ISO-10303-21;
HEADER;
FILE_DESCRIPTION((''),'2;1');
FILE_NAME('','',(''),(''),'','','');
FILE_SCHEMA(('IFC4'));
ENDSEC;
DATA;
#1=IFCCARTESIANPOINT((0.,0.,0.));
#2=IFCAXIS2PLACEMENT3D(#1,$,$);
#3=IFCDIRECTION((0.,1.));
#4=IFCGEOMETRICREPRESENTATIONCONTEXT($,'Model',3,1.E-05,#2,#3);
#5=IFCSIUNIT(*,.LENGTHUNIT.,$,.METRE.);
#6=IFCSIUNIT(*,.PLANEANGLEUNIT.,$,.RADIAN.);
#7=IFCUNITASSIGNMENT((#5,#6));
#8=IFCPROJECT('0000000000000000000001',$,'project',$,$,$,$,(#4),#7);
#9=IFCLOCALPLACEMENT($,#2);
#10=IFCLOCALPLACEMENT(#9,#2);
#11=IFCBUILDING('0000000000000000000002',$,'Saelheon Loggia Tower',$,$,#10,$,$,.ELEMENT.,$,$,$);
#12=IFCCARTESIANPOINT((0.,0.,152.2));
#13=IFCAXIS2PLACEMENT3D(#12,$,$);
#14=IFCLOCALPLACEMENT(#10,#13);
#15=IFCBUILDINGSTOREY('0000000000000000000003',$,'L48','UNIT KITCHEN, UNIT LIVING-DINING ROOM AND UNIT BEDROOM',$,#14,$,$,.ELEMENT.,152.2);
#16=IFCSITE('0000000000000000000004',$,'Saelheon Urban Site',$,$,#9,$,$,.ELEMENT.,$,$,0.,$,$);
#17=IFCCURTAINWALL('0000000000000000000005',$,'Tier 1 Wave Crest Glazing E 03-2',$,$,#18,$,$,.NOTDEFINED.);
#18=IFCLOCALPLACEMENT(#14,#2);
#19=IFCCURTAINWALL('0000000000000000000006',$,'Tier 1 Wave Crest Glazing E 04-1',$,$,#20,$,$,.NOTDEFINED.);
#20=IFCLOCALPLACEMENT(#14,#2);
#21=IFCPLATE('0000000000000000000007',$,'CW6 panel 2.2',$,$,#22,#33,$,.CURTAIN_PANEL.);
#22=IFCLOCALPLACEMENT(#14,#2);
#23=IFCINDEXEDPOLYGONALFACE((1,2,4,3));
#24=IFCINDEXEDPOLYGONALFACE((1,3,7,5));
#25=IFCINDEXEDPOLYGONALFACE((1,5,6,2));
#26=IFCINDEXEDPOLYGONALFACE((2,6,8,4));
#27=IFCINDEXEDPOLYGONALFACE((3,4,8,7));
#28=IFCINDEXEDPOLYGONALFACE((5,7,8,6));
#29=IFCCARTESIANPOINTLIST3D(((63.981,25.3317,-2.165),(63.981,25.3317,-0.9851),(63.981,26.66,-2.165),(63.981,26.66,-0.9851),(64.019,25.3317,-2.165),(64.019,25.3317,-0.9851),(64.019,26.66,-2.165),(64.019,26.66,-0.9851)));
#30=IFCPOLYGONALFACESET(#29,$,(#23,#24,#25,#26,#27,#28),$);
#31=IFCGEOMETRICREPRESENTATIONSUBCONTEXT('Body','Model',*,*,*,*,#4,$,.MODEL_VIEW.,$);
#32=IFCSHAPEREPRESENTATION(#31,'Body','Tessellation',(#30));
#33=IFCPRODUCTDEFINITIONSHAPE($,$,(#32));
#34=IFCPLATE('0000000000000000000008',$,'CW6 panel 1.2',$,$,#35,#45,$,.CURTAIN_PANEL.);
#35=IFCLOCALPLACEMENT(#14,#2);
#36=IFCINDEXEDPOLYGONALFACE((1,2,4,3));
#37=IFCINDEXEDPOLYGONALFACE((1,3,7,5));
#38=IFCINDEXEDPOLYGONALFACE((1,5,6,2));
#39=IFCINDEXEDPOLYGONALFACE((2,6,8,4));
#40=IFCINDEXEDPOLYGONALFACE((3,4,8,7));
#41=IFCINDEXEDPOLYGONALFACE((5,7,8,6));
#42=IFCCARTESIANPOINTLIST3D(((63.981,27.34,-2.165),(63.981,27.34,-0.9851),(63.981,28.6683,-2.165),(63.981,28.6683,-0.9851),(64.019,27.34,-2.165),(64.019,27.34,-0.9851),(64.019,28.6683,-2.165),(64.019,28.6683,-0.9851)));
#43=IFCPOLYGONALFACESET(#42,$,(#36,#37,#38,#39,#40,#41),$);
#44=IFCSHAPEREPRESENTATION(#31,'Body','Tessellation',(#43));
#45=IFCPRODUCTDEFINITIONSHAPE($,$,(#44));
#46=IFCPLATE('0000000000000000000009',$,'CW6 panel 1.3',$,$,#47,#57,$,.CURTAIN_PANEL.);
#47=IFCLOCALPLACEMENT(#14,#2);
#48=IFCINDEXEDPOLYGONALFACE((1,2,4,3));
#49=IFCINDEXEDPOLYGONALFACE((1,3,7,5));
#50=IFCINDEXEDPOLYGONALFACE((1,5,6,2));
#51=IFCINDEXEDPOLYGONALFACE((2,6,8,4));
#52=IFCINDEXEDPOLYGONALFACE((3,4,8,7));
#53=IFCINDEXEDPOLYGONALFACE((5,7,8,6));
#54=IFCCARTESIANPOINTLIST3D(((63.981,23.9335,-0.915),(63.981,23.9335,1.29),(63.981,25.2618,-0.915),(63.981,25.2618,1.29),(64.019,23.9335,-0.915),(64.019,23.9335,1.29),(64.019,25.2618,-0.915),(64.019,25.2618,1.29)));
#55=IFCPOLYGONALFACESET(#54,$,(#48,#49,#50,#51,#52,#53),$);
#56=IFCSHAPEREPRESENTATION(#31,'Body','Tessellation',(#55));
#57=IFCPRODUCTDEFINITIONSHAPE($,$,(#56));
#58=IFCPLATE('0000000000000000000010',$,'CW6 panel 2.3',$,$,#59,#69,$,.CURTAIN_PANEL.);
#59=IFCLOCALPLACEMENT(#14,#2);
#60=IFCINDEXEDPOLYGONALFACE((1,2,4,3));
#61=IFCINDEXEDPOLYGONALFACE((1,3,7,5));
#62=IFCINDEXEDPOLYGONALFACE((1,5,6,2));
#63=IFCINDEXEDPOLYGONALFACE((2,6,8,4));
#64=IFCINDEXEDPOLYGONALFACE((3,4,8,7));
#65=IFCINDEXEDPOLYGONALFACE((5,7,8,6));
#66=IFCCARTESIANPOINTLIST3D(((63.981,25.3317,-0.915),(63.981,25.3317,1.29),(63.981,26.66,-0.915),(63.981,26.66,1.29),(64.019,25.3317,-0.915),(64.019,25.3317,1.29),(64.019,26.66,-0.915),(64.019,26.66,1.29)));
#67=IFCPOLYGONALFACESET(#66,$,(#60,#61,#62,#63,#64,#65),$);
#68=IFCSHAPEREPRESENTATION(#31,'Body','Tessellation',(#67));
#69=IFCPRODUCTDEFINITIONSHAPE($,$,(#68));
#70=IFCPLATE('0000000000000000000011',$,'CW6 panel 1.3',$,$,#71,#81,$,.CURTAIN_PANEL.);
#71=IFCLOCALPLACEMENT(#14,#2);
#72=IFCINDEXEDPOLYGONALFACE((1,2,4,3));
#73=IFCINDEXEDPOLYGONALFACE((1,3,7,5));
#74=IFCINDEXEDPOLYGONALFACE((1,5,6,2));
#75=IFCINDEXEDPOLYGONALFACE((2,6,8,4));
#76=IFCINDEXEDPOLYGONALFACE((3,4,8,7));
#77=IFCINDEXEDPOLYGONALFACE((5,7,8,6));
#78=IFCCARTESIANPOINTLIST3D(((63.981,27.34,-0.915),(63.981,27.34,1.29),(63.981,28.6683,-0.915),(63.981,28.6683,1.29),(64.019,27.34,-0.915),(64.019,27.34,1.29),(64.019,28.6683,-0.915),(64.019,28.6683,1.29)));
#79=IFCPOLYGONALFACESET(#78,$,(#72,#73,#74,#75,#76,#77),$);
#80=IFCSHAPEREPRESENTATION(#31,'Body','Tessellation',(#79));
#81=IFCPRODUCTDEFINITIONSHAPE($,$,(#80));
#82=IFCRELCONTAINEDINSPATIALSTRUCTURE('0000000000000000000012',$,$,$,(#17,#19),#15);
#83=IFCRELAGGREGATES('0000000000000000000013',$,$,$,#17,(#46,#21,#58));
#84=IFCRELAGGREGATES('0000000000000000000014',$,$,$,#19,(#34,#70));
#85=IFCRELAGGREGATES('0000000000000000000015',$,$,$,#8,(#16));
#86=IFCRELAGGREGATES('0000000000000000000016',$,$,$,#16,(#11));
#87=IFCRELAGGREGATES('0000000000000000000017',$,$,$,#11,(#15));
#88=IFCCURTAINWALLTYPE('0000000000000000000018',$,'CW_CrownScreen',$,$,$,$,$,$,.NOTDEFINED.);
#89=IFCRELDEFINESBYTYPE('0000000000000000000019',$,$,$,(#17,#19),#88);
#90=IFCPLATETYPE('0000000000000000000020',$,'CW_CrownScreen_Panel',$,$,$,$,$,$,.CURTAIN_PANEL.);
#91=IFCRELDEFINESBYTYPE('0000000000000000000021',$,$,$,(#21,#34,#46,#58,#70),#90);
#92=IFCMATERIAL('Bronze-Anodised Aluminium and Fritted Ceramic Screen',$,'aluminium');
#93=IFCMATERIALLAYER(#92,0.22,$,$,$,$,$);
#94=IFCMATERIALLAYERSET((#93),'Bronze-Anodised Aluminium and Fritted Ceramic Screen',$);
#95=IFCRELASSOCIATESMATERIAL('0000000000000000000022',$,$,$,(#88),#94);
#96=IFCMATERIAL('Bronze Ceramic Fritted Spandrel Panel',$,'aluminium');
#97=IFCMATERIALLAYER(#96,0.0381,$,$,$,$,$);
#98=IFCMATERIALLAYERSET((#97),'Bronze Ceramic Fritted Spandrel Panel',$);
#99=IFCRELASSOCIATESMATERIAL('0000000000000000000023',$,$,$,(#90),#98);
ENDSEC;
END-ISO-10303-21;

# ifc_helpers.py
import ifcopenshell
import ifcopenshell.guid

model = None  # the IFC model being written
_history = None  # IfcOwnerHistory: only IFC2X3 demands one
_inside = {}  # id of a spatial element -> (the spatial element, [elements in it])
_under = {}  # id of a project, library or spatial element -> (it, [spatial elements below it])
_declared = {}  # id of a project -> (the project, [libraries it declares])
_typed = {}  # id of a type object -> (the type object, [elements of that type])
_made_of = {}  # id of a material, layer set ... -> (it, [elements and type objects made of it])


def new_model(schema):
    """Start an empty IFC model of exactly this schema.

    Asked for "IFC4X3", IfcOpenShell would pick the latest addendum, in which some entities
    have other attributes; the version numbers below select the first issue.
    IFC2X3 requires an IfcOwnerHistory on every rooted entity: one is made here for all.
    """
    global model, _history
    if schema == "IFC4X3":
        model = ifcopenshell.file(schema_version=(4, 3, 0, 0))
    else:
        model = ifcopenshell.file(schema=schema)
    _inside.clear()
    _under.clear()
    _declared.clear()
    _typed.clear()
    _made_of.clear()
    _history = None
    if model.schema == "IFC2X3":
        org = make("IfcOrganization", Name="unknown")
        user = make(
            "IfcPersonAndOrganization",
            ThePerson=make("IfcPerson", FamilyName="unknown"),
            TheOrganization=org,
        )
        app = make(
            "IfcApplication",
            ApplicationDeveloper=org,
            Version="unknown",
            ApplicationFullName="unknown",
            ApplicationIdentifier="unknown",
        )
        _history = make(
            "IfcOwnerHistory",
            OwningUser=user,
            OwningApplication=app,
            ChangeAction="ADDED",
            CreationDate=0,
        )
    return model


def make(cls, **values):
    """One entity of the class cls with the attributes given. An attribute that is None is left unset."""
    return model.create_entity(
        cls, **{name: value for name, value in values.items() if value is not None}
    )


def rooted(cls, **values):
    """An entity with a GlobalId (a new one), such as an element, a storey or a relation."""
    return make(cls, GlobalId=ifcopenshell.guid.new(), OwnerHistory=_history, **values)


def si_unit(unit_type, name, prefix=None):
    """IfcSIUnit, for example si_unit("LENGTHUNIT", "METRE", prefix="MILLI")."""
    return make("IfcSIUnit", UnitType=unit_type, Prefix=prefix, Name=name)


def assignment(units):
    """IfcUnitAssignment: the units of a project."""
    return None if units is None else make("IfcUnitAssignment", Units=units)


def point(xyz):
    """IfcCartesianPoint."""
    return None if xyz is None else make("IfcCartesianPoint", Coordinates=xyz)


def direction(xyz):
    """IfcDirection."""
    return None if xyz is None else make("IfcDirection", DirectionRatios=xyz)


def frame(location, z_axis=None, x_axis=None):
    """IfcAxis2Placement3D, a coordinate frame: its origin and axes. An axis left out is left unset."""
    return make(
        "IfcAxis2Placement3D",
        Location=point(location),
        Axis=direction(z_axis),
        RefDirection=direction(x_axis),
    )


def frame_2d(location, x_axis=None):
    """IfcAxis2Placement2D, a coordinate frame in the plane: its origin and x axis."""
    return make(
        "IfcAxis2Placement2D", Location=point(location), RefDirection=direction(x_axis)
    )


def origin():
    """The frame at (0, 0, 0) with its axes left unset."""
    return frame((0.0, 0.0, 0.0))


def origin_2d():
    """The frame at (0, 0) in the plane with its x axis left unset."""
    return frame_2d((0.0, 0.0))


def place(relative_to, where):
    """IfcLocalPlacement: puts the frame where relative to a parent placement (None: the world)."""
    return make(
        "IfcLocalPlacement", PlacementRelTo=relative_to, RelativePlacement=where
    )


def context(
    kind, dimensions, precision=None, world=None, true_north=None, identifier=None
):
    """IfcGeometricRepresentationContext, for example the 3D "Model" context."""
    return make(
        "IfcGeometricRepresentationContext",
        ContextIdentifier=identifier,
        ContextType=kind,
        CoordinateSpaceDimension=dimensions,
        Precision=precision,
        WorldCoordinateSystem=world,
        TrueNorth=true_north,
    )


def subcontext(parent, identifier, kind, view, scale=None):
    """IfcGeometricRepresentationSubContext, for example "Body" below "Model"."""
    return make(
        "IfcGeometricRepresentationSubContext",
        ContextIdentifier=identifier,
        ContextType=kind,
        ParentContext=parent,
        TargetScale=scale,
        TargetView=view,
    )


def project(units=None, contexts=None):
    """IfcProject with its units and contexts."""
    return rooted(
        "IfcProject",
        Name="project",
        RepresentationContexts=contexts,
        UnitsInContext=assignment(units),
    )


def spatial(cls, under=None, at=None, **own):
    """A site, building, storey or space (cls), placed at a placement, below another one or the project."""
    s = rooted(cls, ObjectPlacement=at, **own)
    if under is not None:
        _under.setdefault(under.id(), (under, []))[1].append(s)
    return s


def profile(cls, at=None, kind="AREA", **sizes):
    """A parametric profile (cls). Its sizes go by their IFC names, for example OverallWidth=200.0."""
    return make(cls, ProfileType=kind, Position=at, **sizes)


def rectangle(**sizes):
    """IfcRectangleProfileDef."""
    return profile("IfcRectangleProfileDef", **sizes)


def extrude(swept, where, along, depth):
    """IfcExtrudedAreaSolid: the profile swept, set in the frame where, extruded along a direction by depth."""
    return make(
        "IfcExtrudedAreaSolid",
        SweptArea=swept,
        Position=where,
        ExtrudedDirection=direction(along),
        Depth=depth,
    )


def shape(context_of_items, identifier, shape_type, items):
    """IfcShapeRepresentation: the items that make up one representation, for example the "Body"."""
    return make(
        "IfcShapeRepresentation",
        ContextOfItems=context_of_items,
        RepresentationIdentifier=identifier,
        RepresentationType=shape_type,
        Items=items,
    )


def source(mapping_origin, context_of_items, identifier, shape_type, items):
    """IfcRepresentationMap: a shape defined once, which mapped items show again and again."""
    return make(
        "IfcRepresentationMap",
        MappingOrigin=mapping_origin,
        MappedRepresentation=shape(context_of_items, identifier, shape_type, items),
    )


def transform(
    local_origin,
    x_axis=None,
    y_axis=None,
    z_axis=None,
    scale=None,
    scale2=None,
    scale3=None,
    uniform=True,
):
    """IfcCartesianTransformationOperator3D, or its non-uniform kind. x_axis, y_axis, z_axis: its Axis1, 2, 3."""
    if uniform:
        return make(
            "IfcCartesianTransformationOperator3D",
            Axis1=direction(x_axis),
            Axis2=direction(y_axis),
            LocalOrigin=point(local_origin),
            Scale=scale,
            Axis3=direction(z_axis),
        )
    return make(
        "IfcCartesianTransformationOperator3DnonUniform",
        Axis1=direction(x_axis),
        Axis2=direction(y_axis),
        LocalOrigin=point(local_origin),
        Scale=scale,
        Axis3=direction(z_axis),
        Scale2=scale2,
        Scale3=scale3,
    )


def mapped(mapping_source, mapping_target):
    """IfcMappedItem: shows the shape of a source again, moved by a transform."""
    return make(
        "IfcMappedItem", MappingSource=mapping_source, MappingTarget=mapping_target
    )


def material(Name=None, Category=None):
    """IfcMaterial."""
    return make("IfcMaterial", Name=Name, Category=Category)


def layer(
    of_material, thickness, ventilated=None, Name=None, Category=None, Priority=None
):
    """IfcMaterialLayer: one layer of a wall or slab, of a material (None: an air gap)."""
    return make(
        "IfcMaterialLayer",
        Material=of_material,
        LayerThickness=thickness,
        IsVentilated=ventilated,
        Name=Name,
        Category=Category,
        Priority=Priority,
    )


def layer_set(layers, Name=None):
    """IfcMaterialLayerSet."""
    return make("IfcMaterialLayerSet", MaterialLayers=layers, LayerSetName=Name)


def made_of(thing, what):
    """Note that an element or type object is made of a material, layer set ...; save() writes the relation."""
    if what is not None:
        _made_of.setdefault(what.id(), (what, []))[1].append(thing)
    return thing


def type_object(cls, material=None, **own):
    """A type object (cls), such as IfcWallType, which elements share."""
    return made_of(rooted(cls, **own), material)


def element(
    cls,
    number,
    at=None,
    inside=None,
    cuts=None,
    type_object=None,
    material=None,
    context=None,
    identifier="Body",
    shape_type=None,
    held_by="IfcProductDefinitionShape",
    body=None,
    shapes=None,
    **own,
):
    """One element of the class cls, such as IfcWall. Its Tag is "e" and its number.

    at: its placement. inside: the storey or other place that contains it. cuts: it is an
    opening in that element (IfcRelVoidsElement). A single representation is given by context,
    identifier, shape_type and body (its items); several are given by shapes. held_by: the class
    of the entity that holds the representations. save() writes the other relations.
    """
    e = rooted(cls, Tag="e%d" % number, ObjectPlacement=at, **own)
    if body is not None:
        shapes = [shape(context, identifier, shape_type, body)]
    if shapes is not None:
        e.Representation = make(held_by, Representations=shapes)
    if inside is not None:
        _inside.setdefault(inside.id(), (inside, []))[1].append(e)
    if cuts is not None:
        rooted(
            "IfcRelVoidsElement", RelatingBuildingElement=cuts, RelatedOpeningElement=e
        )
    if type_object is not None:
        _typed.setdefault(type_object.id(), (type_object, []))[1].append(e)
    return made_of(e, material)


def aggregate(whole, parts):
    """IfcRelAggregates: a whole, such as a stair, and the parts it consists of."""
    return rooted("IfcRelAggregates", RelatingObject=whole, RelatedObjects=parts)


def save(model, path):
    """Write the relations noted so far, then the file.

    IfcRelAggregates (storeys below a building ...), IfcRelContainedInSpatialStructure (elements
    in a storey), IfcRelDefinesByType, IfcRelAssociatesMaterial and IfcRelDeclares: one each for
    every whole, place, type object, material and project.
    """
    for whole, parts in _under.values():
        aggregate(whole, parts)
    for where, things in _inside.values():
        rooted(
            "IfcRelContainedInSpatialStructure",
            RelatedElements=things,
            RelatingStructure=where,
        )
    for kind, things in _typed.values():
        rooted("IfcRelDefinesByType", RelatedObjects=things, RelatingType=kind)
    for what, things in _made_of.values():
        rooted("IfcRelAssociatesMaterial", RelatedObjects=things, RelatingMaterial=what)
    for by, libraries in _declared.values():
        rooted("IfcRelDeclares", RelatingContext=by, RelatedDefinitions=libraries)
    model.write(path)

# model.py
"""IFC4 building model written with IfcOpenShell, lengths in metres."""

from ifc_helpers import new_model, si_unit, direction, frame, origin, origin_2d, place, context, subcontext, project, spatial, rectangle, extrude, source, transform, mapped, material, layer, layer_set, type_object, element, aggregate, save


model = new_model("IFC4")

# Units and contexts
model_context = context("Model", 3, precision=1e-05, world=origin(), true_north=direction((0.0, 1.0)))
body_context = subcontext(model_context, "Body", "Model", "MODEL_VIEW")
ifc_project = project(units=[si_unit("LENGTHUNIT", "METRE"), si_unit("PLANEANGLEUNIT", "RADIAN")], contexts=[model_context])

# Site, building, storey
site_placement = place(None, origin())
site = spatial("IfcSite", under=ifc_project, at=site_placement, Name="Saelheon Urban Site", CompositionType="ELEMENT", RefElevation=0.0)
building_placement = place(site_placement, origin())
building = spatial("IfcBuilding", under=site, at=building_placement, Name="Saelheon Loggia Tower", CompositionType="ELEMENT")
storey_placement = place(building_placement, frame((0.0, 0.0, 152.2)))
storey = spatial("IfcBuildingStorey", under=building, at=storey_placement, Name="L48", Description="UNIT KITCHEN, UNIT LIVING-DINING ROOM AND UNIT BEDROOM", CompositionType="ELEMENT", Elevation=152.2)

# Curtain walls
ifc_material_1 = material(Name="Bronze-Anodised Aluminium and Fritted Ceramic Screen", Category="aluminium")
ifc_layer_1 = layer(ifc_material_1, 0.22)
ifc_layer_set_1 = layer_set([ifc_layer_1], Name="Bronze-Anodised Aluminium and Fritted Ceramic Screen")
curtain_wall_type = type_object("IfcCurtainWallType", Name="CW_CrownScreen", PredefinedType="NOTDEFINED", material=ifc_layer_set_1)
curtain_wall_1_placement = place(storey_placement, origin())
curtain_wall_1 = element("IfcCurtainWall", 1, at=curtain_wall_1_placement, inside=storey, type_object=curtain_wall_type, Name="Tier 1 Wave Crest Glazing E 03-2", PredefinedType="NOTDEFINED")
curtain_wall_2_placement = place(storey_placement, origin())
curtain_wall_2 = element("IfcCurtainWall", 2, at=curtain_wall_2_placement, inside=storey, type_object=curtain_wall_type, Name="Tier 1 Wave Crest Glazing E 04-1", PredefinedType="NOTDEFINED")

# Plates
ifc_material_2 = material(Name="Bronze Ceramic Fritted Spandrel Panel", Category="aluminium")
ifc_layer_2 = layer(ifc_material_2, 0.0381)
ifc_layer_set_2 = layer_set([ifc_layer_2], Name="Bronze Ceramic Fritted Spandrel Panel")
plate_type = type_object("IfcPlateType", Name="CW_CrownScreen_Panel", PredefinedType="CURTAIN_PANEL", material=ifc_layer_set_2)
shared_shape_1 = source(origin(), body_context, "Body", "SweptSolid", [
    extrude(rectangle(XDim=1.3284, YDim=0.0381, at=origin_2d()), origin(), (0.0, 0.0, 1.0), 1.1799),
])
plate_1_placement = place(storey_placement, frame((64.0, 25.9958, -2.165), z_axis=(0.0, 0.0, 1.0), x_axis=(0.0, 1.0, 0.0)))
plate_1 = element("IfcPlate", 3, at=plate_1_placement, type_object=plate_type, Name="CW6 panel 2.2", PredefinedType="CURTAIN_PANEL", context=body_context, shape_type="MappedRepresentation", body=[
    mapped(shared_shape_1, transform((0.0, 0.0, 0.0), scale=1.0)),
])
plate_2_placement = place(storey_placement, frame((64.0, 28.0042, -2.165), z_axis=(0.0, 0.0, 1.0), x_axis=(0.0, 1.0, 0.0)))
plate_2 = element("IfcPlate", 4, at=plate_2_placement, type_object=plate_type, Name="CW6 panel 1.2", PredefinedType="CURTAIN_PANEL", context=body_context, shape_type="MappedRepresentation", body=[
    mapped(shared_shape_1, transform((0.0, 0.0, 0.0), scale=1.0)),
])
shared_shape_2 = source(origin(), body_context, "Body", "SweptSolid", [
    extrude(rectangle(XDim=1.3284, YDim=0.0381, at=origin_2d()), origin(), (0.0, 0.0, 1.0), 2.2051),
])
plate_3_placement = place(storey_placement, frame((64.0, 24.5977, -0.915), z_axis=(0.0, 0.0, 1.0), x_axis=(0.0, 1.0, 0.0)))
plate_3 = element("IfcPlate", 5, at=plate_3_placement, type_object=plate_type, Name="CW6 panel 1.3", PredefinedType="CURTAIN_PANEL", context=body_context, shape_type="MappedRepresentation", body=[
    mapped(shared_shape_2, transform((0.0, 0.0, 0.0), scale=1.0)),
])
plate_4_placement = place(storey_placement, frame((64.0, 25.9958, -0.915), z_axis=(0.0, 0.0, 1.0), x_axis=(0.0, 1.0, 0.0)))
plate_4 = element("IfcPlate", 6, at=plate_4_placement, type_object=plate_type, Name="CW6 panel 2.3", PredefinedType="CURTAIN_PANEL", context=body_context, shape_type="MappedRepresentation", body=[
    mapped(shared_shape_2, transform((0.0, 0.0, 0.0), scale=1.0)),
])
aggregate(curtain_wall_1, [plate_3, plate_1, plate_4])
plate_5_placement = place(storey_placement, frame((64.0, 28.0042, -0.915), z_axis=(0.0, 0.0, 1.0), x_axis=(0.0, 1.0, 0.0)))
plate_5 = element("IfcPlate", 7, at=plate_5_placement, type_object=plate_type, Name="CW6 panel 1.3", PredefinedType="CURTAIN_PANEL", context=body_context, shape_type="MappedRepresentation", body=[
    mapped(shared_shape_2, transform((0.0, 0.0, 0.0), scale=1.0)),
])
aggregate(curtain_wall_2, [plate_2, plate_5])

save(model, "model.ifc")
